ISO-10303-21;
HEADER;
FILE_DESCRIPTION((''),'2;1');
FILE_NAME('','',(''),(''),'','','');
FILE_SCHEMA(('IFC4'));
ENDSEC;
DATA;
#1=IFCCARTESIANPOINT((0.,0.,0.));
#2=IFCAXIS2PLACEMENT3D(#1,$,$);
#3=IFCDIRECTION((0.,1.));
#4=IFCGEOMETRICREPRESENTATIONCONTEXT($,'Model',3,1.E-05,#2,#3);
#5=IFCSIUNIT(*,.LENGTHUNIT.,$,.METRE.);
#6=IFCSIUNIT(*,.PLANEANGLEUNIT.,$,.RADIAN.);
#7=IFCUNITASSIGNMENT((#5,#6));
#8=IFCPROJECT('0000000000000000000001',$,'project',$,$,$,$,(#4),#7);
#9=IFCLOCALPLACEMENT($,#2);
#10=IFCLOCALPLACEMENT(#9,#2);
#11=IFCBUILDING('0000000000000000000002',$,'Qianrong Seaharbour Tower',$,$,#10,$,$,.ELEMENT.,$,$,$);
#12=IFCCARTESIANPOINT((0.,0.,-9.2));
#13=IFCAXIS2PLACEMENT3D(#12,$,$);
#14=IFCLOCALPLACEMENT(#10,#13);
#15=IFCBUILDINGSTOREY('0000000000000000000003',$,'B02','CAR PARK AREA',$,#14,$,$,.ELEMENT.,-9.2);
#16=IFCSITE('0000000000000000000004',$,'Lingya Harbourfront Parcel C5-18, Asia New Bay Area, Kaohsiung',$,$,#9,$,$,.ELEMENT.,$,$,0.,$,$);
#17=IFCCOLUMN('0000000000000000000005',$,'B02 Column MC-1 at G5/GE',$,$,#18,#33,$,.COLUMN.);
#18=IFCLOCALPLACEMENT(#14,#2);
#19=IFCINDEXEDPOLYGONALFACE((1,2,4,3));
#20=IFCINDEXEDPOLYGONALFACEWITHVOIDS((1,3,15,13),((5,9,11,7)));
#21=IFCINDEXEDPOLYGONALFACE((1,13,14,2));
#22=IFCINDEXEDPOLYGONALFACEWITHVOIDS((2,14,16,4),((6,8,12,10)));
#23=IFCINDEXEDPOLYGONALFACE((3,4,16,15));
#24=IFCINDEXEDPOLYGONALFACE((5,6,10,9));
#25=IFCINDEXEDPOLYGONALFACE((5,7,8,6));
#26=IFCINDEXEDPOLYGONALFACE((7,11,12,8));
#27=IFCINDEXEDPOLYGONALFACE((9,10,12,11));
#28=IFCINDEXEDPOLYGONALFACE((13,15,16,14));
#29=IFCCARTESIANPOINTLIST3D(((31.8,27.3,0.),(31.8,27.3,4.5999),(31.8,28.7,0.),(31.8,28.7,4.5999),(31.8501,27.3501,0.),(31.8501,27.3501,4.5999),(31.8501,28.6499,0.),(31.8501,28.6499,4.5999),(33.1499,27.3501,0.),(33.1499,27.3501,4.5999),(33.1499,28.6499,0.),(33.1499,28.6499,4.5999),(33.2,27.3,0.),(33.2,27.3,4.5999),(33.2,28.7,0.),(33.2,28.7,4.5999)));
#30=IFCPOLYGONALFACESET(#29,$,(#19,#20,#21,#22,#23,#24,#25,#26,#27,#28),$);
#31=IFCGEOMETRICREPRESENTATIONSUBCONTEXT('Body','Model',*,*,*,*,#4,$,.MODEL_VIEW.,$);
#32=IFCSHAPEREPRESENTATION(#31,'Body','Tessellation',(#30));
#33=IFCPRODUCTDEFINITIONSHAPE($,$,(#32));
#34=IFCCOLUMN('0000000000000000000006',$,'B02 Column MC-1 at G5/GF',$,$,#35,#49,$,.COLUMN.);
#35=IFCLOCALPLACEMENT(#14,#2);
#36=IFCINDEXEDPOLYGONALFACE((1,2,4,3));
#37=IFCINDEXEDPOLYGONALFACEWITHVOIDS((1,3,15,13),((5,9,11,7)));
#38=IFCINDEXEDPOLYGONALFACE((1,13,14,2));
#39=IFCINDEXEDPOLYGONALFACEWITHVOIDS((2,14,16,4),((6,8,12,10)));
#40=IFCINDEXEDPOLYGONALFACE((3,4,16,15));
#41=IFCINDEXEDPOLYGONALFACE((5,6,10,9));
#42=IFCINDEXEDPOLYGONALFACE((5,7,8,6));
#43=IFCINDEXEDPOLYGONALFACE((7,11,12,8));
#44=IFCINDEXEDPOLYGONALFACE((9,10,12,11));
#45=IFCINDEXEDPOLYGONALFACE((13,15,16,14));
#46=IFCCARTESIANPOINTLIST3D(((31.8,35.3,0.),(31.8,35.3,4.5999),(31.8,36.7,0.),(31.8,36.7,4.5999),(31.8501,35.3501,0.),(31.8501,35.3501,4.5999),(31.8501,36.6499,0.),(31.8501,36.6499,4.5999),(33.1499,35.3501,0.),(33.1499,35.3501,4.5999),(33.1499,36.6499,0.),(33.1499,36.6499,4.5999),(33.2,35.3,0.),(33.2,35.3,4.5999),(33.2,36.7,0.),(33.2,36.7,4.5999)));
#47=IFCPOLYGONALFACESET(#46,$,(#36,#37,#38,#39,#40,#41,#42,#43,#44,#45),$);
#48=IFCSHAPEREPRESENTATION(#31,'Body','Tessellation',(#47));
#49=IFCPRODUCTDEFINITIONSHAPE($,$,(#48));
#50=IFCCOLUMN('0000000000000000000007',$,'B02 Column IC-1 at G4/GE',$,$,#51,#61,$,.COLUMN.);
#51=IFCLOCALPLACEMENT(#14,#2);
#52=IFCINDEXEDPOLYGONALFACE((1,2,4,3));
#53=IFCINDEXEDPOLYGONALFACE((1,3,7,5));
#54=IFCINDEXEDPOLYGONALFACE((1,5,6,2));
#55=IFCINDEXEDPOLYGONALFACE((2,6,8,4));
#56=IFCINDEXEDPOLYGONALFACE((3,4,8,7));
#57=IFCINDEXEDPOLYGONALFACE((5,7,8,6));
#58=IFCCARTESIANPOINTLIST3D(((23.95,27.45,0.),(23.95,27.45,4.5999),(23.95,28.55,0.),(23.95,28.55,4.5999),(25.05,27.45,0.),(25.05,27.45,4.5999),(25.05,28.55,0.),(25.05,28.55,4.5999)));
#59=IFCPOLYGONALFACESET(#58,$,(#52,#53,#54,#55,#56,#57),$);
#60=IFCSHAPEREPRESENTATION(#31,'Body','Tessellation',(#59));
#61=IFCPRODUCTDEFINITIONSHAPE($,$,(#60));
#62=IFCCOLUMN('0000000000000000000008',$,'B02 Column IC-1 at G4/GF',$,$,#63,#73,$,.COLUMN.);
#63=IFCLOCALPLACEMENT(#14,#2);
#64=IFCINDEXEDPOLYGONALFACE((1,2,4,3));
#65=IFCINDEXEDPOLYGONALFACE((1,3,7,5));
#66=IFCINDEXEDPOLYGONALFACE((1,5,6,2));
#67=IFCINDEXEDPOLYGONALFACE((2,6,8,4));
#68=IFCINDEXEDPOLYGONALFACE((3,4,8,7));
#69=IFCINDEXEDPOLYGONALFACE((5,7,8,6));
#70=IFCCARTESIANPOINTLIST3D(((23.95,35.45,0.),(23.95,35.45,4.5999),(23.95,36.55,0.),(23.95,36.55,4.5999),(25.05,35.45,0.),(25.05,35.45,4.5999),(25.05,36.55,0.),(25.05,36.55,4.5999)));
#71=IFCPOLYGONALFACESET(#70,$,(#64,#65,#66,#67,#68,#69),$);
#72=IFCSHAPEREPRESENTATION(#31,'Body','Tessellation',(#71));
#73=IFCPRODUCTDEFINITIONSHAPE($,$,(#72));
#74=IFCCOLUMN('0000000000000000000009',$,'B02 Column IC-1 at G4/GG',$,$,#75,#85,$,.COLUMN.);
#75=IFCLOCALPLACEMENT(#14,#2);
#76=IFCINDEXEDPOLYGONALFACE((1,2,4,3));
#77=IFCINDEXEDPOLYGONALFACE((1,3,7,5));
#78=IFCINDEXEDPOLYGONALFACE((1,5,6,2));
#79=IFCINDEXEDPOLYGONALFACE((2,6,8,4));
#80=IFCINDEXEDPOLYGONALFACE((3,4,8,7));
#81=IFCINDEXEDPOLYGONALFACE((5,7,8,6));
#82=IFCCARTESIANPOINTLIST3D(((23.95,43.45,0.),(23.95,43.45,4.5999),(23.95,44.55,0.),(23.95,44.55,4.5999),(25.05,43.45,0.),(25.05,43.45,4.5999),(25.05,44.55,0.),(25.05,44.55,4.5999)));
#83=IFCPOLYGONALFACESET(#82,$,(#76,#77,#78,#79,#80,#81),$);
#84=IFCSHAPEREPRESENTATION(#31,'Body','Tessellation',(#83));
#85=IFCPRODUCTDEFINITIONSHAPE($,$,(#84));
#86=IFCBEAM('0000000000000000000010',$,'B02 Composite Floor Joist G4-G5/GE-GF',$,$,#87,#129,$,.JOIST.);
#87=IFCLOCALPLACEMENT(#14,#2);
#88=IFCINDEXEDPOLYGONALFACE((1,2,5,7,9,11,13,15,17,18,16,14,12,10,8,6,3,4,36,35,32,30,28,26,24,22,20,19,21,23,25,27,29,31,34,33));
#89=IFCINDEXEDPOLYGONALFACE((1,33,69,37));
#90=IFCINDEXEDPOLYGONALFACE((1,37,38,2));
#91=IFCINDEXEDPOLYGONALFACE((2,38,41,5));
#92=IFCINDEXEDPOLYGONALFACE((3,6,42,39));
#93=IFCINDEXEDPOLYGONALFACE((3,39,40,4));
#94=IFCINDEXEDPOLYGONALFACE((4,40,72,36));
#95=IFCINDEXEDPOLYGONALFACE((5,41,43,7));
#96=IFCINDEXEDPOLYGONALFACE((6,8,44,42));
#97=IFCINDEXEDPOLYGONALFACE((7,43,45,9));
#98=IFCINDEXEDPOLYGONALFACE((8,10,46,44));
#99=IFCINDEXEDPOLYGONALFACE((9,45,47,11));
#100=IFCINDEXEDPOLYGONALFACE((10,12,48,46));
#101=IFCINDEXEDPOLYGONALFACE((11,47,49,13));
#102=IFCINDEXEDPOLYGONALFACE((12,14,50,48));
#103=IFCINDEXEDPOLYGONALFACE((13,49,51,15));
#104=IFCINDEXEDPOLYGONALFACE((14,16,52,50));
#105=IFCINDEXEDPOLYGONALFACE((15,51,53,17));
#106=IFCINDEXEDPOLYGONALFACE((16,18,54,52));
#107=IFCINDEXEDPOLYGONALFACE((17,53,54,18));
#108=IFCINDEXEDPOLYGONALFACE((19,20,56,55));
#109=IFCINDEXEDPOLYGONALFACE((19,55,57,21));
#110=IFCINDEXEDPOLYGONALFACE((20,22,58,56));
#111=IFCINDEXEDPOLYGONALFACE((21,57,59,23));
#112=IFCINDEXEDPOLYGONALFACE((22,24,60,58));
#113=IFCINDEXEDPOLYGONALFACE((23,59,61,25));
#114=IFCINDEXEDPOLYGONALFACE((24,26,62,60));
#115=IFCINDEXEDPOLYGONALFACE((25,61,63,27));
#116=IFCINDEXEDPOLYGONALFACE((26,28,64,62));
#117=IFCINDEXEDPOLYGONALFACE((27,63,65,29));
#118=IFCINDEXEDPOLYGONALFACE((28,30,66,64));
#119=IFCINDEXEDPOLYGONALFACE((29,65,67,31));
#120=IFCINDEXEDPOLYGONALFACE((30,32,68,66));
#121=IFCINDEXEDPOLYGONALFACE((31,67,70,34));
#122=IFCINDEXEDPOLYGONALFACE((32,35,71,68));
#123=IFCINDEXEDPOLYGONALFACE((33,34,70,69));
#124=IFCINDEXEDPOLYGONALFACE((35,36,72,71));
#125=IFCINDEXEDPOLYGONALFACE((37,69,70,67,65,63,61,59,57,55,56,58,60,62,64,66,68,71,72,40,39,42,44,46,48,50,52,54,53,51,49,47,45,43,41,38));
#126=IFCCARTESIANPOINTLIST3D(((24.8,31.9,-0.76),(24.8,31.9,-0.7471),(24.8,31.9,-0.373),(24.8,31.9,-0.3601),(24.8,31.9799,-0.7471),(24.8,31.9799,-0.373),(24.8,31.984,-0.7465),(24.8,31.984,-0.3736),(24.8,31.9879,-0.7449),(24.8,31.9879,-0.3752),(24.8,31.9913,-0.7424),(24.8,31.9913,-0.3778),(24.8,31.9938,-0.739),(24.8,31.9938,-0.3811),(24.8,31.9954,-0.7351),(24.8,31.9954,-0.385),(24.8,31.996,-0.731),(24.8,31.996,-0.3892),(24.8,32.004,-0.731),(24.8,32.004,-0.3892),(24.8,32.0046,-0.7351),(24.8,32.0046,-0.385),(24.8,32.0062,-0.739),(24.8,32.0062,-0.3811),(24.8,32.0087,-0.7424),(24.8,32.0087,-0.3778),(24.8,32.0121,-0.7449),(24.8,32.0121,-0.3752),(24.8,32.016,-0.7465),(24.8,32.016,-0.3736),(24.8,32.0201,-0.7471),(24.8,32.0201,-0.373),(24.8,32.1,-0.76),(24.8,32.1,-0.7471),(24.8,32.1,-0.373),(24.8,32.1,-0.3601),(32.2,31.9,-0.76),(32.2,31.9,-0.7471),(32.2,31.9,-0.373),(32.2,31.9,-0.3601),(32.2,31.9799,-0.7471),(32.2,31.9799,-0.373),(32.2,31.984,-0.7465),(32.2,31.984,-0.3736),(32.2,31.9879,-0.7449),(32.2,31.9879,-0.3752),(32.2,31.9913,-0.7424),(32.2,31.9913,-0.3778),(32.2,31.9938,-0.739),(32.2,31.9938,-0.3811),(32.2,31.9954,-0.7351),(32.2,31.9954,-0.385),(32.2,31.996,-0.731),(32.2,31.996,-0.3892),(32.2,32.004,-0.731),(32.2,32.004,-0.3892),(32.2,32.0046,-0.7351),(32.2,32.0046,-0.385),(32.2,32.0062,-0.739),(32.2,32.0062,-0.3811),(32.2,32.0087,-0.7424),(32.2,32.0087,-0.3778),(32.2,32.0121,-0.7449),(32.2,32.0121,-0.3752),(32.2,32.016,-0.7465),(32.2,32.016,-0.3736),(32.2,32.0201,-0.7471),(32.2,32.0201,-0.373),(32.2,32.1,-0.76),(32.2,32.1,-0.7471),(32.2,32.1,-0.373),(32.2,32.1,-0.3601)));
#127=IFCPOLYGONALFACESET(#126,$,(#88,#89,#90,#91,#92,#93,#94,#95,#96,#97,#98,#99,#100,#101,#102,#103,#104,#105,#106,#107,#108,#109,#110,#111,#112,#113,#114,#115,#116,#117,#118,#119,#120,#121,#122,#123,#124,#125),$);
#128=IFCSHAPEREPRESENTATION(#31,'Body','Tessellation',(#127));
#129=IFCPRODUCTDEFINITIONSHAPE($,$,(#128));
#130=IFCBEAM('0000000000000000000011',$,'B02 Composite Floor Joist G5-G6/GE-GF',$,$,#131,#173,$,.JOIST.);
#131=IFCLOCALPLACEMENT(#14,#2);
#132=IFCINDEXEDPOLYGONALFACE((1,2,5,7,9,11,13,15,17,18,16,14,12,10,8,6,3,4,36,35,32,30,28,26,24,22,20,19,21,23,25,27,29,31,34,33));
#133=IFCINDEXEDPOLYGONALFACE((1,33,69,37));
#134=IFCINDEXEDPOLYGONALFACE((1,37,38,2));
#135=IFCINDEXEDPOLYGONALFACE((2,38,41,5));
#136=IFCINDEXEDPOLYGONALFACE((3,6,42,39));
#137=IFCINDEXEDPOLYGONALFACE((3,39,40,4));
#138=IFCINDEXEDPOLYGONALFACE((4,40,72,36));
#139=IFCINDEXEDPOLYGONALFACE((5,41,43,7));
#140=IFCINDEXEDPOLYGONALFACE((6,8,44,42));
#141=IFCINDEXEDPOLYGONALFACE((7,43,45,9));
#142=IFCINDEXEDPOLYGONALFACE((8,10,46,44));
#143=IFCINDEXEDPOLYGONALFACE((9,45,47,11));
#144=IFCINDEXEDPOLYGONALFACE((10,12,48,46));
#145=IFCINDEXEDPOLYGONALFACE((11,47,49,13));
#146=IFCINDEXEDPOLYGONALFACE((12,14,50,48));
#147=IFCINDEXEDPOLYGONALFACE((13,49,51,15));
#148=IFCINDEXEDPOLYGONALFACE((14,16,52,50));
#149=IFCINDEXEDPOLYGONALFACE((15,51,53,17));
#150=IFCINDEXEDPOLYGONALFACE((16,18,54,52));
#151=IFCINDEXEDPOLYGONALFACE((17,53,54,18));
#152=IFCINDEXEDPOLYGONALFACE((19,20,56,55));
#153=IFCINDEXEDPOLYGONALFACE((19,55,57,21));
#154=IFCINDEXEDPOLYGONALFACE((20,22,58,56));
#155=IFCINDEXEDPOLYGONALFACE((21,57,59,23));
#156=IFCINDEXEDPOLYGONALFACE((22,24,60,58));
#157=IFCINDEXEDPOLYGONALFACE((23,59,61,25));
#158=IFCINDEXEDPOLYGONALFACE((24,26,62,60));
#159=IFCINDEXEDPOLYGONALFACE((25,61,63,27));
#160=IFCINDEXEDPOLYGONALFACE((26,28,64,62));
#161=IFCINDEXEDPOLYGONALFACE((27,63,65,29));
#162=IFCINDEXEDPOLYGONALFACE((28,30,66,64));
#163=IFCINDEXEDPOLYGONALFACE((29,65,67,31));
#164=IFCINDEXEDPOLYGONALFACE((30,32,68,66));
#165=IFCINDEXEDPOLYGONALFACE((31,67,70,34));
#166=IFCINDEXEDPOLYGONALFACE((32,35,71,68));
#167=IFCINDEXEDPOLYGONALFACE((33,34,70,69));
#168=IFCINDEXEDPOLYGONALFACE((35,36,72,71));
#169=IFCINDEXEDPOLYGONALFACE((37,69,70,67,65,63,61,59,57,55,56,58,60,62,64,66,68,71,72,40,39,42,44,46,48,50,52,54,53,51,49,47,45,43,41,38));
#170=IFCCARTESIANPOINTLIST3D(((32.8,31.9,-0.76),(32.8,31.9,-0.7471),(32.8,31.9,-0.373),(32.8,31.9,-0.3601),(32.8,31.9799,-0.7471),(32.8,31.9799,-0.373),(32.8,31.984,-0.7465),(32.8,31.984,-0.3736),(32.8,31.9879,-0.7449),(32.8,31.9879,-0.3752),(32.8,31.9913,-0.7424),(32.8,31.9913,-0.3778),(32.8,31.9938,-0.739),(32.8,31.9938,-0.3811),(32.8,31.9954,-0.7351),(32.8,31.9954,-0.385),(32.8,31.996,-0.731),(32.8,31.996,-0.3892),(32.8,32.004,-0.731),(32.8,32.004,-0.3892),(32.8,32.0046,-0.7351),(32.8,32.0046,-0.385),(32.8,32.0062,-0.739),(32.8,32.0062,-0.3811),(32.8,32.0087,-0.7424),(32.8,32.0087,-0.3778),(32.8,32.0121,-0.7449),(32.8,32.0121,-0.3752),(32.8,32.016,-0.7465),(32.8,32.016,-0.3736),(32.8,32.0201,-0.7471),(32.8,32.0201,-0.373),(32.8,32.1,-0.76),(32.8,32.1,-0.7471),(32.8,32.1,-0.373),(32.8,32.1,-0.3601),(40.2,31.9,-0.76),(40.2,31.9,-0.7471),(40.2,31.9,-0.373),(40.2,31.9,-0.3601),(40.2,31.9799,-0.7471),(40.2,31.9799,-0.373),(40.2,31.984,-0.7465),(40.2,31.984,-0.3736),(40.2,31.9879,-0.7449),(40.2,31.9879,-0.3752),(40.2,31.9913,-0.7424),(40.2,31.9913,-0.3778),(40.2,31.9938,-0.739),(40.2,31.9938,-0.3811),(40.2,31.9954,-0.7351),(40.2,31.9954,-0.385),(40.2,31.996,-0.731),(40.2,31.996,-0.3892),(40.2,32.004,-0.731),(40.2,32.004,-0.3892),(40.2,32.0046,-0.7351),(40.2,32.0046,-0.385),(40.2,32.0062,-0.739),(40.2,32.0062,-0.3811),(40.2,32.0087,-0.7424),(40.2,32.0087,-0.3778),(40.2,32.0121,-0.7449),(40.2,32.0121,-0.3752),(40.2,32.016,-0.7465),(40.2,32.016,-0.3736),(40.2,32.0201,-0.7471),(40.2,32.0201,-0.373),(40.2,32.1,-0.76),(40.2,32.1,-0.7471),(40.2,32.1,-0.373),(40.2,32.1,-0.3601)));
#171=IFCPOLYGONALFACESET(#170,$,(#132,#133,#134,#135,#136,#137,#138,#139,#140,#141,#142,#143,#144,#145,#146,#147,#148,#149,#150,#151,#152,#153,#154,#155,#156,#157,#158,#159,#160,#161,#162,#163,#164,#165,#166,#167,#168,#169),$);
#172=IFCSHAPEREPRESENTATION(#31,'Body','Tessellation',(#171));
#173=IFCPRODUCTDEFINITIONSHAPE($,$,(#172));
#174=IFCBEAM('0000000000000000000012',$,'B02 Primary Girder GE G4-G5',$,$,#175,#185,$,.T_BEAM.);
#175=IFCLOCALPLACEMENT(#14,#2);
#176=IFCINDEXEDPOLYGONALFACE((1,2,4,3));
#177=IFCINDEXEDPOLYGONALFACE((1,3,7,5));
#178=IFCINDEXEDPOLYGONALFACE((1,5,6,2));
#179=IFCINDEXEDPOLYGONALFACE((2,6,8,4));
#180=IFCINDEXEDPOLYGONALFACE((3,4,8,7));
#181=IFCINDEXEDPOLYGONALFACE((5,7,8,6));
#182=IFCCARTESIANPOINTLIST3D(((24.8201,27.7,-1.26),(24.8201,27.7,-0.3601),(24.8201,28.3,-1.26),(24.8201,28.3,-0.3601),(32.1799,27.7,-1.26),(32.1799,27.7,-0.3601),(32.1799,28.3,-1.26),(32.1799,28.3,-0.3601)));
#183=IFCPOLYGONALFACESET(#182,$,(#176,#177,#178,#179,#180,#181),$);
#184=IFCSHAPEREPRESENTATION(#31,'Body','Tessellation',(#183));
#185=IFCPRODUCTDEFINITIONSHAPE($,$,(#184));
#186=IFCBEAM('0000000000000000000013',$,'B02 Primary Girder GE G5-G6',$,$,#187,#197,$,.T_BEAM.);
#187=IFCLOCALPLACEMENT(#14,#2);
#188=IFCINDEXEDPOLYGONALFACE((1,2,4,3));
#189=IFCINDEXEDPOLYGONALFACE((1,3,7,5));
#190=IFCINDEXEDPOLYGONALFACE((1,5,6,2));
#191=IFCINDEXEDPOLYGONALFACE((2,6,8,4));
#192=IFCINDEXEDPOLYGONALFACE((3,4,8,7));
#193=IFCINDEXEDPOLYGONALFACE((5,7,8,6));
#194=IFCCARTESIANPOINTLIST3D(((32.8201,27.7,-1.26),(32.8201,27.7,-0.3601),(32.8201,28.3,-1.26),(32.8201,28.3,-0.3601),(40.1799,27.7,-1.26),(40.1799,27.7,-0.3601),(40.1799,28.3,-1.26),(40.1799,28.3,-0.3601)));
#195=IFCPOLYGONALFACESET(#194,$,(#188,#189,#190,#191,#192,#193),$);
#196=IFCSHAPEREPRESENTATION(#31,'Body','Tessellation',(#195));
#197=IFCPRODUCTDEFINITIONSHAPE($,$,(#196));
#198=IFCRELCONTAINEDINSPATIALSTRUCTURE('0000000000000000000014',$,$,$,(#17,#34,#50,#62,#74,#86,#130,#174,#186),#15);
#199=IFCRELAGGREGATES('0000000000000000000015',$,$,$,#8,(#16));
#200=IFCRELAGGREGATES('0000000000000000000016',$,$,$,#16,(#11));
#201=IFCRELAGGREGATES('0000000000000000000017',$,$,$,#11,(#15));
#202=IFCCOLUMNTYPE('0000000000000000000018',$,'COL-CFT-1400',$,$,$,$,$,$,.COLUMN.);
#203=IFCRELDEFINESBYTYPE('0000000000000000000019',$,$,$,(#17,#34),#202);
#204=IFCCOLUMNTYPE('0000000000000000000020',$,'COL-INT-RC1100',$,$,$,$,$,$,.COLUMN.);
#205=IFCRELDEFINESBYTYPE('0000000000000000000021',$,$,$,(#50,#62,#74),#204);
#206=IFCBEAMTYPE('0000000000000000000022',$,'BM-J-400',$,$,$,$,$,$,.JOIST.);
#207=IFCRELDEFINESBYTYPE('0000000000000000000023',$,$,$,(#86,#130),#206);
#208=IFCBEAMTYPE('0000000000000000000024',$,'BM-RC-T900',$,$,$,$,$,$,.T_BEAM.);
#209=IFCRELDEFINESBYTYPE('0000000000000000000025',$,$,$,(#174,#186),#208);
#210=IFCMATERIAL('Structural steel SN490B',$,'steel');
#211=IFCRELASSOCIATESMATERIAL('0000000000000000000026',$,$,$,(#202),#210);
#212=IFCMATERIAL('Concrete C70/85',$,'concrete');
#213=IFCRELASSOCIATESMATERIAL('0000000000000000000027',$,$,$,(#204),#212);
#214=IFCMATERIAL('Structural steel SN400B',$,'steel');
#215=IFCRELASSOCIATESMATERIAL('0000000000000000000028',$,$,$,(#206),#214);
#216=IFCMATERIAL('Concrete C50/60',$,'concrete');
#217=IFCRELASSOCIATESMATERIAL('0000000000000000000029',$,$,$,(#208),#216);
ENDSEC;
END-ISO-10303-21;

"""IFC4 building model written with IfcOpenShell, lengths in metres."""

from ifc_helpers import new_model, si_unit, direction, frame, origin, origin_2d, place, context, subcontext, project, spatial, rectangle, hollow_rectangle, i_section, extrude, material, material_profile, profile_set, type_object, element, save


model = new_model("IFC4")

# Units and contexts
model_context = context("Model", 3, precision=1e-05, world=origin(), true_north=direction((0.0, 1.0)))
body_context = subcontext(model_context, "Body", "Model", "MODEL_VIEW")
ifc_project = project(units=[si_unit("LENGTHUNIT", "METRE"), si_unit("PLANEANGLEUNIT", "RADIAN")], contexts=[model_context])

# Site, building, storey
site_placement = place(None, origin())
site = spatial("IfcSite", under=ifc_project, at=site_placement, Name="Lingya Harbourfront Parcel C5-18, Asia New Bay Area, Kaohsiung", CompositionType="ELEMENT", RefElevation=0.0)
building_placement = place(site_placement, origin())
building = spatial("IfcBuilding", under=site, at=building_placement, Name="Qianrong Seaharbour Tower", CompositionType="ELEMENT")
storey_placement = place(building_placement, frame((0.0, 0.0, -9.2)))
storey = spatial("IfcBuildingStorey", under=building, at=storey_placement, Name="B02", Description="CAR PARK AREA", CompositionType="ELEMENT", Elevation=-9.2)

# Columns
ifc_material_1 = material(Name="Structural steel SN490B", Category="steel")
ifc_material_profile_1 = material_profile(ifc_material_1, hollow_rectangle(XDim=1.3999, YDim=1.3999, WallThickness=0.05, at=origin_2d()), Name="BOX1400x1400x50")
ifc_profile_set_1 = profile_set([ifc_material_profile_1], Name="Structural steel SN490B")
column_type_1 = type_object("IfcColumnType", Name="COL-CFT-1400", PredefinedType="COLUMN", material=ifc_profile_set_1)
for number, where, z_axis, x_axis, name in (
    (1, (32.5, 28.0, 0.0), (0.0, 0.0, 1.0), (1.0, 0.0, 0.0), "B02 Column MC-1 at G5/GE"),
    (2, (32.5, 36.0, 0.0), (0.0, 0.0, 1.0), (1.0, 0.0, 0.0), "B02 Column MC-1 at G5/GF"),
):
    element("IfcColumn", number, at=place(storey_placement, frame(where, z_axis=z_axis, x_axis=x_axis)), inside=storey, type_object=column_type_1, Name=name, PredefinedType="COLUMN", context=body_context, shape_type="SweptSolid", body=[
        extrude(hollow_rectangle(XDim=1.3999, YDim=1.3999, WallThickness=0.05, at=origin_2d()), origin(), (0.0, 0.0, 1.0), 4.5999),
    ])
ifc_material_2 = material(Name="Concrete C70/85", Category="concrete")
ifc_material_profile_2 = material_profile(ifc_material_2, rectangle(XDim=1.1001, YDim=1.1001, at=origin_2d()), Name="RC1100x1100")
ifc_profile_set_2 = profile_set([ifc_material_profile_2], Name="Concrete C70/85")
column_type_2 = type_object("IfcColumnType", Name="COL-INT-RC1100", PredefinedType="COLUMN", material=ifc_profile_set_2)
for number, where, z_axis, x_axis, name in (
    (3, (24.5, 28.0, 0.0), (0.0, 0.0, 1.0), (1.0, 0.0, 0.0), "B02 Column IC-1 at G4/GE"),
    (4, (24.5, 36.0, 0.0), (0.0, 0.0, 1.0), (1.0, 0.0, 0.0), "B02 Column IC-1 at G4/GF"),
    (5, (24.5, 44.0, 0.0), (0.0, 0.0, 1.0), (1.0, 0.0, 0.0), "B02 Column IC-1 at G4/GG"),
):
    element("IfcColumn", number, at=place(storey_placement, frame(where, z_axis=z_axis, x_axis=x_axis)), inside=storey, type_object=column_type_2, Name=name, PredefinedType="COLUMN", context=body_context, shape_type="SweptSolid", body=[
        extrude(rectangle(XDim=1.1001, YDim=1.1001, at=origin_2d()), origin(), (0.0, 0.0, 1.0), 4.5999),
    ])

# Beams
ifc_material_3 = material(Name="Structural steel SN400B", Category="steel")
ifc_material_profile_3 = material_profile(ifc_material_3, i_section(OverallWidth=0.2, OverallDepth=0.3999, WebThickness=0.0081, FlangeThickness=0.0129, FilletRadius=0.0161, at=origin_2d()), Name="H400x200x8x13")
ifc_profile_set_3 = profile_set([ifc_material_profile_3], Name="Structural steel SN400B")
beam_type_1 = type_object("IfcBeamType", Name="BM-J-400", PredefinedType="JOIST", material=ifc_profile_set_3)
for number, where, z_axis, x_axis, name in (
    (6, (24.8, 32.0, -0.5601), (1.0, 0.0, 0.0), (0.0, 1.0, 0.0), "B02 Composite Floor Joist G4-G5/GE-GF"),
    (7, (32.8, 32.0, -0.5601), (1.0, 0.0, 0.0), (0.0, 1.0, 0.0), "B02 Composite Floor Joist G5-G6/GE-GF"),
):
    element("IfcBeam", number, at=place(storey_placement, frame(where, z_axis=z_axis, x_axis=x_axis)), inside=storey, type_object=beam_type_1, Name=name, PredefinedType="JOIST", context=body_context, shape_type="SweptSolid", body=[
        extrude(i_section(OverallWidth=0.2, OverallDepth=0.3999, WebThickness=0.0081, FlangeThickness=0.0129, FilletRadius=0.0161, at=origin_2d()), origin(), (0.0, 0.0, 1.0), 7.3999),
    ])
ifc_material_4 = material(Name="Concrete C50/60", Category="concrete")
ifc_material_profile_4 = material_profile(ifc_material_4, rectangle(XDim=0.6001, YDim=0.8999, at=origin_2d()), Name="RC600x900")
ifc_profile_set_4 = profile_set([ifc_material_profile_4], Name="Concrete C50/60")
beam_type_2 = type_object("IfcBeamType", Name="BM-RC-T900", PredefinedType="T_BEAM", material=ifc_profile_set_4)
for number, where, z_axis, x_axis, name in (
    (8, (24.8201, 28.0, -0.8101), (1.0, 0.0, 0.0), (0.0, 1.0, 0.0), "B02 Primary Girder GE G4-G5"),
    (9, (32.8201, 28.0, -0.8101), (1.0, 0.0, 0.0), (0.0, 1.0, 0.0), "B02 Primary Girder GE G5-G6"),
):
    element("IfcBeam", number, at=place(storey_placement, frame(where, z_axis=z_axis, x_axis=x_axis)), inside=storey, type_object=beam_type_2, Name=name, PredefinedType="T_BEAM", context=body_context, shape_type="SweptSolid", body=[
        extrude(rectangle(XDim=0.6001, YDim=0.8999, at=origin_2d()), origin(), (0.0, 0.0, 1.0), 7.3599),
    ])

save(model, "model.ifc")
